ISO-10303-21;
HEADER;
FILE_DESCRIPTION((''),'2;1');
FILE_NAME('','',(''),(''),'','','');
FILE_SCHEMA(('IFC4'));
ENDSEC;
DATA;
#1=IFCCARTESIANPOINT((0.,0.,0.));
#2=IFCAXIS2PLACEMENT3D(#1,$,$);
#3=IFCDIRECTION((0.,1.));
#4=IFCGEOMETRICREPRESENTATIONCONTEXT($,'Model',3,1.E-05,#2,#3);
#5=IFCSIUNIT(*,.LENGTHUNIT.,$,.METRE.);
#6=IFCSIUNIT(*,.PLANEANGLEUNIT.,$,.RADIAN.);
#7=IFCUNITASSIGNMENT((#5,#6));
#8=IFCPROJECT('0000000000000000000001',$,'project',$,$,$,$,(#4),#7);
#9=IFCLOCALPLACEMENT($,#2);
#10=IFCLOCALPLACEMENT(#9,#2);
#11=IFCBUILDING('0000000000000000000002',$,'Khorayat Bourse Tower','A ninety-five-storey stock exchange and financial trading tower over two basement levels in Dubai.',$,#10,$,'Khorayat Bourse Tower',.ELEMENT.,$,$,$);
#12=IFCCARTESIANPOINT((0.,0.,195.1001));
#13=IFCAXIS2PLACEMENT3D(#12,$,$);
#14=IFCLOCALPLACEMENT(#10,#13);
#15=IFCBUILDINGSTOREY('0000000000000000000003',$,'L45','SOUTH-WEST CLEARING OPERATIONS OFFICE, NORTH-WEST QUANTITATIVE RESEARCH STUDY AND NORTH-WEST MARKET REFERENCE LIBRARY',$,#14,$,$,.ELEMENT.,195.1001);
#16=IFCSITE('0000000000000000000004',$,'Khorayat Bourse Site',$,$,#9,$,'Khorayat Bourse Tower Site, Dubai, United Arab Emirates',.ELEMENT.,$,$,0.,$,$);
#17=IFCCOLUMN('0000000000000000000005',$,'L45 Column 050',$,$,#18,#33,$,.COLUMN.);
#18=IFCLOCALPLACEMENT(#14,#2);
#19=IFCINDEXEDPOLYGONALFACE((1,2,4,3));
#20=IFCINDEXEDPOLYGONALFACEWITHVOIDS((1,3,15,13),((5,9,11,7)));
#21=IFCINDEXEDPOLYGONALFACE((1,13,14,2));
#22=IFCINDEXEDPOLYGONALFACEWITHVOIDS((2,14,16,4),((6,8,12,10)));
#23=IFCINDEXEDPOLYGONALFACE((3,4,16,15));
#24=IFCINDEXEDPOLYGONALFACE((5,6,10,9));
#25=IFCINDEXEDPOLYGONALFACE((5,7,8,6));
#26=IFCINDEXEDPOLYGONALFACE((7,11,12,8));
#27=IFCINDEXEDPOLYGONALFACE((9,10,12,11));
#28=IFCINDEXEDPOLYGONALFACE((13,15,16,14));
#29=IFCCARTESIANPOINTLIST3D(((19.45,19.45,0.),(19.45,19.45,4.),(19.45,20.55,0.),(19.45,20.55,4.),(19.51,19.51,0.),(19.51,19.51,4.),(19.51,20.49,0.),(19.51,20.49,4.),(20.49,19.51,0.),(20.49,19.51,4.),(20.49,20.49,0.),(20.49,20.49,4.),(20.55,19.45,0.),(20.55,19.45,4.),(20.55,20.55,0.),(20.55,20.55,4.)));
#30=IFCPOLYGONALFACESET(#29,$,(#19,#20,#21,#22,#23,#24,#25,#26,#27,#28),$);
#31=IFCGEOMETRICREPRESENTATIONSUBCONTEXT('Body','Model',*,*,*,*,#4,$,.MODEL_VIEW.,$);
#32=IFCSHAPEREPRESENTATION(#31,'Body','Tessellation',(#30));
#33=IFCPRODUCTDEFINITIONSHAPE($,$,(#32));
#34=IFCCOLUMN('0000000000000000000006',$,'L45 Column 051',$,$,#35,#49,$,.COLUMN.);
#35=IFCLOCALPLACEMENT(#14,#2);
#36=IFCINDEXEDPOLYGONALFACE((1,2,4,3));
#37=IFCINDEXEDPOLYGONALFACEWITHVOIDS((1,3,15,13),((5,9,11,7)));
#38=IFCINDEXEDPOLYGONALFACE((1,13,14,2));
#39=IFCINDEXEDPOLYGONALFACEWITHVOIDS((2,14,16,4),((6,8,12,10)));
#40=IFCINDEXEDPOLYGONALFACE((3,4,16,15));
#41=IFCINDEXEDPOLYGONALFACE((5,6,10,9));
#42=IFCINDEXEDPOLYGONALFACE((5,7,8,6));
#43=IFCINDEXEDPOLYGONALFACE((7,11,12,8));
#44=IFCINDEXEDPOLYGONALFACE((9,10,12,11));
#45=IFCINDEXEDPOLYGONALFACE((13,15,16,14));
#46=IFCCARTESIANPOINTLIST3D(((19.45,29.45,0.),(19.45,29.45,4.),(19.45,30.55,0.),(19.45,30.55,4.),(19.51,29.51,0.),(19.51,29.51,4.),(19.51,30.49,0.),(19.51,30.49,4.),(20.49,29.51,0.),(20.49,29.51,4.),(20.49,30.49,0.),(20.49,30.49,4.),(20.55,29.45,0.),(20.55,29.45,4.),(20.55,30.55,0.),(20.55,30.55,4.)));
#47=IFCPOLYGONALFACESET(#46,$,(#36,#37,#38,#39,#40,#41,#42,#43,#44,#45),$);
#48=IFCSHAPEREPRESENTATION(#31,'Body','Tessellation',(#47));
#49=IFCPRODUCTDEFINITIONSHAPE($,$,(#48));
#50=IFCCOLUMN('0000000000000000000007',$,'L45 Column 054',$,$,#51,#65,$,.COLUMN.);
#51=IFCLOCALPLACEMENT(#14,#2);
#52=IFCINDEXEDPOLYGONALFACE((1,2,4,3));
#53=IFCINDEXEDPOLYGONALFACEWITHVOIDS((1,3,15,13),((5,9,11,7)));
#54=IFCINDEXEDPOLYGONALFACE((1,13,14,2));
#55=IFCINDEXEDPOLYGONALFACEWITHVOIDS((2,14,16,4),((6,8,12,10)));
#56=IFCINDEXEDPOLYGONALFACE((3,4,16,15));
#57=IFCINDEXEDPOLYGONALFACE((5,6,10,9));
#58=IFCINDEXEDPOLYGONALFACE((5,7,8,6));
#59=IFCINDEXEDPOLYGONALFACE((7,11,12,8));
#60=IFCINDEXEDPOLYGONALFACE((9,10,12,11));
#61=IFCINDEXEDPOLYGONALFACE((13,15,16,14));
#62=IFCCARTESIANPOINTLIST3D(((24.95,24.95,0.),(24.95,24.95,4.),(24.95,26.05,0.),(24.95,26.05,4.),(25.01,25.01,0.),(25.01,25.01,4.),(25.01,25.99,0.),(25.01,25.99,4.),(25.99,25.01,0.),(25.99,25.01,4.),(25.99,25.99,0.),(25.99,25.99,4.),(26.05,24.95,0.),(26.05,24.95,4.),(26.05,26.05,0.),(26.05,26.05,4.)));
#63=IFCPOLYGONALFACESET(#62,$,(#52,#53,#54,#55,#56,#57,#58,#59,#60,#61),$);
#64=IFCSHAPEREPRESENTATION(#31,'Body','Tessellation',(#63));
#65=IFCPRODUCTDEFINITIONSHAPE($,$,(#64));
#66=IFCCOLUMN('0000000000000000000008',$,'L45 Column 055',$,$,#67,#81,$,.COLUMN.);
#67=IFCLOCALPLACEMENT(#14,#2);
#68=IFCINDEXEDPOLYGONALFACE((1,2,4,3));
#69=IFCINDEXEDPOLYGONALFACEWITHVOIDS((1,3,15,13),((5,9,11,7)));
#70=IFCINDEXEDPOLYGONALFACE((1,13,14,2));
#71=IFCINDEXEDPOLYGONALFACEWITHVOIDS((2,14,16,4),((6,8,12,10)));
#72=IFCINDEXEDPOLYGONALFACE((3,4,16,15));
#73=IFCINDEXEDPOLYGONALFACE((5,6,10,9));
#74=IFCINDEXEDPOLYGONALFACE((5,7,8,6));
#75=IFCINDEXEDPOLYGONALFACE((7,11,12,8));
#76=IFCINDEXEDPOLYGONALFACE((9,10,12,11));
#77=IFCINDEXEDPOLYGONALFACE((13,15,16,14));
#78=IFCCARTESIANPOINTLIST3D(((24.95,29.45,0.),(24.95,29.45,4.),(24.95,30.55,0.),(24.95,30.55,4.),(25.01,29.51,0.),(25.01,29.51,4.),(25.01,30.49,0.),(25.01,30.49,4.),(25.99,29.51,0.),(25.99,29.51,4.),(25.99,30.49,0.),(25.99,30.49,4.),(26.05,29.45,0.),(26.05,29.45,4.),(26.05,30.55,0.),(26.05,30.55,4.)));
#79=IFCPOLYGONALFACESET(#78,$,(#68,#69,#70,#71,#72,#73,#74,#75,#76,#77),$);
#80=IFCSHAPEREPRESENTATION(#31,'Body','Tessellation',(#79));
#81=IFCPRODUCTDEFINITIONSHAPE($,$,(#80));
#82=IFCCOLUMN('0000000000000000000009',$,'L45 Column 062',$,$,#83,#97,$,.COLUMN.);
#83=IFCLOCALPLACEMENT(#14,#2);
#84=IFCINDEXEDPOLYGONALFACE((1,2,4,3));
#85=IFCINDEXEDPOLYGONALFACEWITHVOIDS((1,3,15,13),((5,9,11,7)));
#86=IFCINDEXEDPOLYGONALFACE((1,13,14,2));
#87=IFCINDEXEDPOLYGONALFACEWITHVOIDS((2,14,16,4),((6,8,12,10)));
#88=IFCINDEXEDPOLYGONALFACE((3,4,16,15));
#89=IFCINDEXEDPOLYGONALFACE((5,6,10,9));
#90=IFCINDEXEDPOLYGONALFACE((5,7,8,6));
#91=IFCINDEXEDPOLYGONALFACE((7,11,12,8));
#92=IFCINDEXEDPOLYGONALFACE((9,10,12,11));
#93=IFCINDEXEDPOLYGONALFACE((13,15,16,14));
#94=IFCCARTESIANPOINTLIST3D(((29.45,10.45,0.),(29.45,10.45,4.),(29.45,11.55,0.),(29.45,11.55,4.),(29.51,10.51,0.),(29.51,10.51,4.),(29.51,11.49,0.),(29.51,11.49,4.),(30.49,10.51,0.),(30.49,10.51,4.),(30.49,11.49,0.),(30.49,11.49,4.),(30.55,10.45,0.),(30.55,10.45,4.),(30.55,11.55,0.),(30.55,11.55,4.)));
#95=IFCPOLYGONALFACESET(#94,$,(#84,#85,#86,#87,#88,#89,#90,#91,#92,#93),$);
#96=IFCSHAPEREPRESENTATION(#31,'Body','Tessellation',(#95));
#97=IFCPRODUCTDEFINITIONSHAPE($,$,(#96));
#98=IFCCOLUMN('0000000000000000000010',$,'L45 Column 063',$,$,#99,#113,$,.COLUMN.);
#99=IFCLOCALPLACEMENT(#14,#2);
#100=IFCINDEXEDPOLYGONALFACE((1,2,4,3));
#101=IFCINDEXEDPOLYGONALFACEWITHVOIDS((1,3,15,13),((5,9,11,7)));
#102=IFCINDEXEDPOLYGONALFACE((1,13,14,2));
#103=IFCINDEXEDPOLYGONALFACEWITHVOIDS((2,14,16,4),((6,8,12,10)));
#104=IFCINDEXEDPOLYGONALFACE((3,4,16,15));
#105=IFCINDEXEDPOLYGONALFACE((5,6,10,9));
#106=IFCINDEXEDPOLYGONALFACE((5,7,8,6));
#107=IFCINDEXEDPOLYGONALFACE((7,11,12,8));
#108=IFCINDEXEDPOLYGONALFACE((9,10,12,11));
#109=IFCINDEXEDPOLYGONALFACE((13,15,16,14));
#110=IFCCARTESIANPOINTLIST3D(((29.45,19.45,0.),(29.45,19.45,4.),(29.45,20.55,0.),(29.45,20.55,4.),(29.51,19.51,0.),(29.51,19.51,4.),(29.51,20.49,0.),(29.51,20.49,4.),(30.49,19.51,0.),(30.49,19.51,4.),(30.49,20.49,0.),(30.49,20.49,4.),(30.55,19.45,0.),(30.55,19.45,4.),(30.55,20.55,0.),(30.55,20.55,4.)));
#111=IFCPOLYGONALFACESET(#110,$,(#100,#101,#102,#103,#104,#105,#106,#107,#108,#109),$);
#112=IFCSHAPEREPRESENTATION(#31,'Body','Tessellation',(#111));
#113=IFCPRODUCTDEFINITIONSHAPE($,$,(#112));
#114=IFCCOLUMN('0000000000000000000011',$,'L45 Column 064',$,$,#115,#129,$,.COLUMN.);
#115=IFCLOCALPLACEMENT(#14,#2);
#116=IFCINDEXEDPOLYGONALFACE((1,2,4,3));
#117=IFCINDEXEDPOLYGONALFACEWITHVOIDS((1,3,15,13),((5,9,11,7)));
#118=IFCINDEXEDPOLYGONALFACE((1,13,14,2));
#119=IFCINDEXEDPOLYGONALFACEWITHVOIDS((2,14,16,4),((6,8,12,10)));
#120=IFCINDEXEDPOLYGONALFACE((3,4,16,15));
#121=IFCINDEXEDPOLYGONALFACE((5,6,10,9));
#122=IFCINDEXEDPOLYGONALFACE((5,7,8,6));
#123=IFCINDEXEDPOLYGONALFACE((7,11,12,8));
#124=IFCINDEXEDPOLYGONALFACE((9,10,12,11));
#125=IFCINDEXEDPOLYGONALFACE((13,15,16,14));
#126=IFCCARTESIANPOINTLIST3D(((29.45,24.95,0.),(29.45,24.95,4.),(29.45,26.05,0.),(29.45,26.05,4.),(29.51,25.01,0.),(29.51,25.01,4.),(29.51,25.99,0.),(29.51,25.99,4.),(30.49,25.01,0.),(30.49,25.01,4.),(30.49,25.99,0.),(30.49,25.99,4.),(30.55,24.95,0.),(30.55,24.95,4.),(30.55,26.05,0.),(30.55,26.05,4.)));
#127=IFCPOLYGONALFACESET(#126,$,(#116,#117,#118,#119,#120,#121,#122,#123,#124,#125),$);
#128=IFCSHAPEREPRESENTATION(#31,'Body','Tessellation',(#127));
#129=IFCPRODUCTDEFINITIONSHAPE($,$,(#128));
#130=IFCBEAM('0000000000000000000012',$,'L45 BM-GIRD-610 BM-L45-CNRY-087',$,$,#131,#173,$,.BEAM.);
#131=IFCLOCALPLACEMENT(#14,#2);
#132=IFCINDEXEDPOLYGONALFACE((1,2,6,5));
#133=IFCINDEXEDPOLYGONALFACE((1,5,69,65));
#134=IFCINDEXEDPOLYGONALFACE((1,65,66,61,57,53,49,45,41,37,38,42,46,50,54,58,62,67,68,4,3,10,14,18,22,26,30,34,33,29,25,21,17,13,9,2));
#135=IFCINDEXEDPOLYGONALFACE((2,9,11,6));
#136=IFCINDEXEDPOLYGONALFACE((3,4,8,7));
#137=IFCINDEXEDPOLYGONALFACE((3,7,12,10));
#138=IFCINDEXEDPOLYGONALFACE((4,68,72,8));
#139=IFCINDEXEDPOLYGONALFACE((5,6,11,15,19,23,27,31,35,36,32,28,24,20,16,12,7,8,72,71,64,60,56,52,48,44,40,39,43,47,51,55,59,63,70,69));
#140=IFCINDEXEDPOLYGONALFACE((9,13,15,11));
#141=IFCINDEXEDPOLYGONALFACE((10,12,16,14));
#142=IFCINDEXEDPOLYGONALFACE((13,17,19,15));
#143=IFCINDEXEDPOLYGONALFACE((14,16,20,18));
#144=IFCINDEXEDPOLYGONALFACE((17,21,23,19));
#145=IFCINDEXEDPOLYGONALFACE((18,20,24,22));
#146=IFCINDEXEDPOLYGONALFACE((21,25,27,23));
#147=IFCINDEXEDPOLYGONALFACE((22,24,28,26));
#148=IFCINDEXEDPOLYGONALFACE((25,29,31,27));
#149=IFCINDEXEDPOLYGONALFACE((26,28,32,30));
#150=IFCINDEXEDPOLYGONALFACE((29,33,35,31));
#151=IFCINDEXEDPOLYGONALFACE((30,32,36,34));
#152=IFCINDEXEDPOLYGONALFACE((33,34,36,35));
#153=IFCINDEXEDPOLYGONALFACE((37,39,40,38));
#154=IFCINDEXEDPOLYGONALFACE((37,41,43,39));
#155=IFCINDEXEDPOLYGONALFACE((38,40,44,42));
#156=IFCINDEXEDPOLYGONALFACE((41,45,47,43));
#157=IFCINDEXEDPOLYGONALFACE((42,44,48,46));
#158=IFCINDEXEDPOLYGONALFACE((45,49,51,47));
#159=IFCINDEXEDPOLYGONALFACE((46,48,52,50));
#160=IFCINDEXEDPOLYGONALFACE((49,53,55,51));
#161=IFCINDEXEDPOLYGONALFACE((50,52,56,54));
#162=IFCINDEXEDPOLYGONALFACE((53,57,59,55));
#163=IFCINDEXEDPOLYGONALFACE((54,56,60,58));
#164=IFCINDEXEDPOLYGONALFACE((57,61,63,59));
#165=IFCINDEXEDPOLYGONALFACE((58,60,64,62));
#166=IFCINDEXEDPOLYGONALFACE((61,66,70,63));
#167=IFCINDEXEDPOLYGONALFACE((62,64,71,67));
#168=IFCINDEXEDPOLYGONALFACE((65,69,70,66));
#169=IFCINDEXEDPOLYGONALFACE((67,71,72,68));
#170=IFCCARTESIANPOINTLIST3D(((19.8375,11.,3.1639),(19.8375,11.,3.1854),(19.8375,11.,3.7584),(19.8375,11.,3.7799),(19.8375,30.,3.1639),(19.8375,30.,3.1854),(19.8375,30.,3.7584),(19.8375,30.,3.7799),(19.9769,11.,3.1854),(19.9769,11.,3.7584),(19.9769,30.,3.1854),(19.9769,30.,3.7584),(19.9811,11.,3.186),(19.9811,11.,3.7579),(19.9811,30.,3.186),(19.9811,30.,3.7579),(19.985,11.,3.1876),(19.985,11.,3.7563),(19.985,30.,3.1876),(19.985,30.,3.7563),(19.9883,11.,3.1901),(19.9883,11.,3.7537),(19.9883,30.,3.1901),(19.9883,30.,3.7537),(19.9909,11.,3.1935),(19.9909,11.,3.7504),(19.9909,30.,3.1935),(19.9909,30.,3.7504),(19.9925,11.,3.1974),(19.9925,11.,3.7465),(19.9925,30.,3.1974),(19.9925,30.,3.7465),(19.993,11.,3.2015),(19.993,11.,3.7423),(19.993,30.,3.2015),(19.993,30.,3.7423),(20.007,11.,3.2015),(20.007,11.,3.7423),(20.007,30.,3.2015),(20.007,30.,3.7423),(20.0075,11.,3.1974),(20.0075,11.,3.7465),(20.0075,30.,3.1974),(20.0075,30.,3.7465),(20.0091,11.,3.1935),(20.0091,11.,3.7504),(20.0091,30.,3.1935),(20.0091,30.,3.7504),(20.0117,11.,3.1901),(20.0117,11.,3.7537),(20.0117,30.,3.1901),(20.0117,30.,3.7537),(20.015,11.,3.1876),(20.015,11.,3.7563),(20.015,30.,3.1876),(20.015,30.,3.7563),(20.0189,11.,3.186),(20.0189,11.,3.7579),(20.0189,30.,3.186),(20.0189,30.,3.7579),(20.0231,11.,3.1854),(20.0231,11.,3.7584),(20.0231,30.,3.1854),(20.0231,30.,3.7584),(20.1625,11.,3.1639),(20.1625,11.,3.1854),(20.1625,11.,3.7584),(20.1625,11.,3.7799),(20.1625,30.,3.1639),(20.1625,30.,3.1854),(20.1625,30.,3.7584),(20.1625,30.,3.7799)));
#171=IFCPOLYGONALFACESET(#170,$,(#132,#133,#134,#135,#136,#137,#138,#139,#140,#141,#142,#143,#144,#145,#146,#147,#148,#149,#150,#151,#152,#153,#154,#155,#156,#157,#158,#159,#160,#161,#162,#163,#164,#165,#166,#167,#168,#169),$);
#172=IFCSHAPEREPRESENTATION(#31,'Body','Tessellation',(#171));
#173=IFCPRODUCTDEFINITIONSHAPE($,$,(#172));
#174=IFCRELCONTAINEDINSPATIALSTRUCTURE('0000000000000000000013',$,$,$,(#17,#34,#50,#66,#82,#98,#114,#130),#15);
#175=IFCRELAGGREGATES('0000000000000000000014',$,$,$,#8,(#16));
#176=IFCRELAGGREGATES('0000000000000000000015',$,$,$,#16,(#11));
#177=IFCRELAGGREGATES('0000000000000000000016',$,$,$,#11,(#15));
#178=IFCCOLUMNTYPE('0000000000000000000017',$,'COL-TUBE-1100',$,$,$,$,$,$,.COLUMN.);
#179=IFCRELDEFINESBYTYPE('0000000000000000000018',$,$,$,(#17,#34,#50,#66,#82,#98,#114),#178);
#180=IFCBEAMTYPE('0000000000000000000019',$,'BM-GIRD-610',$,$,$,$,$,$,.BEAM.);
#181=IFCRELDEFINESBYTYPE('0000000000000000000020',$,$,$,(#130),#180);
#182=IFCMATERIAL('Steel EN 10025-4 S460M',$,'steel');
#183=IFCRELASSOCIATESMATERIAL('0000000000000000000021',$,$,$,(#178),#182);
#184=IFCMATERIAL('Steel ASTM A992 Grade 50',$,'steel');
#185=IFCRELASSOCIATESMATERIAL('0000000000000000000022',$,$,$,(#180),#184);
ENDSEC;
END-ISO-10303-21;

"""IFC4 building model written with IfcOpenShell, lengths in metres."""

from ifc_helpers import new_model, si_unit, direction, frame, origin, origin_2d, place, context, subcontext, project, spatial, hollow_rectangle, i_section, extrude, source, transform, mapped, material, material_profile, profile_set, type_object, element, save


model = new_model("IFC4")

# Units and contexts
model_context = context("Model", 3, precision=1e-05, world=origin(), true_north=direction((0.0, 1.0)))
body_context = subcontext(model_context, "Body", "Model", "MODEL_VIEW")
ifc_project = project(units=[si_unit("LENGTHUNIT", "METRE"), si_unit("PLANEANGLEUNIT", "RADIAN")], contexts=[model_context])

# Site, building, storey
site_placement = place(None, origin())
site = spatial("IfcSite", under=ifc_project, at=site_placement, Name="Khorayat Bourse Site", LongName="Khorayat Bourse Tower Site, Dubai, United Arab Emirates", CompositionType="ELEMENT", RefElevation=0.0)
building_placement = place(site_placement, origin())
building = spatial("IfcBuilding", under=site, at=building_placement, Name="Khorayat Bourse Tower", Description="A ninety-five-storey stock exchange and financial trading tower over two basement levels in Dubai.", LongName="Khorayat Bourse Tower", CompositionType="ELEMENT")
storey_placement = place(building_placement, frame((0.0, 0.0, 195.1001)))
storey = spatial("IfcBuildingStorey", under=building, at=storey_placement, Name="L45", Description="SOUTH-WEST CLEARING OPERATIONS OFFICE, NORTH-WEST QUANTITATIVE RESEARCH STUDY AND NORTH-WEST MARKET REFERENCE LIBRARY", CompositionType="ELEMENT", Elevation=195.1001)

# Columns
ifc_material_1 = material(Name="Steel EN 10025-4 S460M", Category="steel")
ifc_material_profile_1 = material_profile(ifc_material_1, hollow_rectangle(XDim=1.1001, YDim=1.1001, WallThickness=0.0601, at=origin_2d()), Name="BOX 1100x1100x60")
ifc_profile_set_1 = profile_set([ifc_material_profile_1], Name="Steel EN 10025-4 S460M")
column_type = type_object("IfcColumnType", Name="COL-TUBE-1100", PredefinedType="COLUMN", material=ifc_profile_set_1)
shared_shape_1 = source(origin(), body_context, "Body", "SweptSolid", [
    extrude(hollow_rectangle(XDim=1.1001, YDim=1.1001, WallThickness=0.0601, at=origin_2d()), origin(), (0.0, 0.0, 1.0), 4.0),
])
for number, where, z_axis, x_axis, name in (
    (1, (20.0, 20.0, 0.0), (0.0, 0.0, 1.0), (1.0, 0.0, 0.0), "L45 Column 050"),
    (2, (20.0, 30.0, 0.0), (0.0, 0.0, 1.0), (1.0, 0.0, 0.0), "L45 Column 051"),
    (3, (25.5, 25.5, 0.0), (0.0, 0.0, 1.0), (1.0, 0.0, 0.0), "L45 Column 054"),
    (4, (25.5, 30.0, 0.0), (0.0, 0.0, 1.0), (1.0, 0.0, 0.0), "L45 Column 055"),
    (5, (30.0, 11.0, 0.0), (0.0, 0.0, 1.0), (1.0, 0.0, 0.0), "L45 Column 062"),
    (6, (30.0, 20.0, 0.0), (0.0, 0.0, 1.0), (1.0, 0.0, 0.0), "L45 Column 063"),
    (7, (30.0, 25.5, 0.0), (0.0, 0.0, 1.0), (1.0, 0.0, 0.0), "L45 Column 064"),
):
    element("IfcColumn", number, at=place(storey_placement, frame(where, z_axis=z_axis, x_axis=x_axis)), inside=storey, type_object=column_type, Name=name, PredefinedType="COLUMN", context=body_context, shape_type="MappedRepresentation", body=[
        mapped(shared_shape_1, transform((0.0, 0.0, 0.0), scale=1.0)),
    ])

# Beam
ifc_material_2 = material(Name="Steel ASTM A992 Grade 50", Category="steel")
ifc_material_profile_2 = material_profile(ifc_material_2, i_section(OverallWidth=0.325, OverallDepth=0.616, WebThickness=0.0139, FlangeThickness=0.0215, FilletRadius=0.0161, at=origin_2d()), Name="W610X174")
ifc_profile_set_2 = profile_set([ifc_material_profile_2], Name="Steel ASTM A992 Grade 50")
beam_type_1 = type_object("IfcBeamType", Name="BM-GIRD-610", PredefinedType="BEAM", material=ifc_profile_set_2)
shared_shape_2 = source(origin(), body_context, "Body", "SweptSolid", [
    extrude(i_section(OverallWidth=0.325, OverallDepth=0.616, WebThickness=0.0139, FlangeThickness=0.0215, FilletRadius=0.0161, at=origin_2d()), origin(), (0.0, 0.0, 1.0), 19.0),
])
beam_1_placement = place(storey_placement, frame((20.0, 11.0, 3.4719), z_axis=(0.0, 1.0, 0.0), x_axis=(-1.0, 0.0, 0.0)))
element("IfcBeam", 8, at=beam_1_placement, inside=storey, type_object=beam_type_1, Name="L45 BM-GIRD-610 BM-L45-CNRY-087", PredefinedType="BEAM", context=body_context, shape_type="MappedRepresentation", body=[
    mapped(shared_shape_2, transform((0.0, 0.0, 0.0), scale=1.0)),
])

save(model, "model.ifc")
